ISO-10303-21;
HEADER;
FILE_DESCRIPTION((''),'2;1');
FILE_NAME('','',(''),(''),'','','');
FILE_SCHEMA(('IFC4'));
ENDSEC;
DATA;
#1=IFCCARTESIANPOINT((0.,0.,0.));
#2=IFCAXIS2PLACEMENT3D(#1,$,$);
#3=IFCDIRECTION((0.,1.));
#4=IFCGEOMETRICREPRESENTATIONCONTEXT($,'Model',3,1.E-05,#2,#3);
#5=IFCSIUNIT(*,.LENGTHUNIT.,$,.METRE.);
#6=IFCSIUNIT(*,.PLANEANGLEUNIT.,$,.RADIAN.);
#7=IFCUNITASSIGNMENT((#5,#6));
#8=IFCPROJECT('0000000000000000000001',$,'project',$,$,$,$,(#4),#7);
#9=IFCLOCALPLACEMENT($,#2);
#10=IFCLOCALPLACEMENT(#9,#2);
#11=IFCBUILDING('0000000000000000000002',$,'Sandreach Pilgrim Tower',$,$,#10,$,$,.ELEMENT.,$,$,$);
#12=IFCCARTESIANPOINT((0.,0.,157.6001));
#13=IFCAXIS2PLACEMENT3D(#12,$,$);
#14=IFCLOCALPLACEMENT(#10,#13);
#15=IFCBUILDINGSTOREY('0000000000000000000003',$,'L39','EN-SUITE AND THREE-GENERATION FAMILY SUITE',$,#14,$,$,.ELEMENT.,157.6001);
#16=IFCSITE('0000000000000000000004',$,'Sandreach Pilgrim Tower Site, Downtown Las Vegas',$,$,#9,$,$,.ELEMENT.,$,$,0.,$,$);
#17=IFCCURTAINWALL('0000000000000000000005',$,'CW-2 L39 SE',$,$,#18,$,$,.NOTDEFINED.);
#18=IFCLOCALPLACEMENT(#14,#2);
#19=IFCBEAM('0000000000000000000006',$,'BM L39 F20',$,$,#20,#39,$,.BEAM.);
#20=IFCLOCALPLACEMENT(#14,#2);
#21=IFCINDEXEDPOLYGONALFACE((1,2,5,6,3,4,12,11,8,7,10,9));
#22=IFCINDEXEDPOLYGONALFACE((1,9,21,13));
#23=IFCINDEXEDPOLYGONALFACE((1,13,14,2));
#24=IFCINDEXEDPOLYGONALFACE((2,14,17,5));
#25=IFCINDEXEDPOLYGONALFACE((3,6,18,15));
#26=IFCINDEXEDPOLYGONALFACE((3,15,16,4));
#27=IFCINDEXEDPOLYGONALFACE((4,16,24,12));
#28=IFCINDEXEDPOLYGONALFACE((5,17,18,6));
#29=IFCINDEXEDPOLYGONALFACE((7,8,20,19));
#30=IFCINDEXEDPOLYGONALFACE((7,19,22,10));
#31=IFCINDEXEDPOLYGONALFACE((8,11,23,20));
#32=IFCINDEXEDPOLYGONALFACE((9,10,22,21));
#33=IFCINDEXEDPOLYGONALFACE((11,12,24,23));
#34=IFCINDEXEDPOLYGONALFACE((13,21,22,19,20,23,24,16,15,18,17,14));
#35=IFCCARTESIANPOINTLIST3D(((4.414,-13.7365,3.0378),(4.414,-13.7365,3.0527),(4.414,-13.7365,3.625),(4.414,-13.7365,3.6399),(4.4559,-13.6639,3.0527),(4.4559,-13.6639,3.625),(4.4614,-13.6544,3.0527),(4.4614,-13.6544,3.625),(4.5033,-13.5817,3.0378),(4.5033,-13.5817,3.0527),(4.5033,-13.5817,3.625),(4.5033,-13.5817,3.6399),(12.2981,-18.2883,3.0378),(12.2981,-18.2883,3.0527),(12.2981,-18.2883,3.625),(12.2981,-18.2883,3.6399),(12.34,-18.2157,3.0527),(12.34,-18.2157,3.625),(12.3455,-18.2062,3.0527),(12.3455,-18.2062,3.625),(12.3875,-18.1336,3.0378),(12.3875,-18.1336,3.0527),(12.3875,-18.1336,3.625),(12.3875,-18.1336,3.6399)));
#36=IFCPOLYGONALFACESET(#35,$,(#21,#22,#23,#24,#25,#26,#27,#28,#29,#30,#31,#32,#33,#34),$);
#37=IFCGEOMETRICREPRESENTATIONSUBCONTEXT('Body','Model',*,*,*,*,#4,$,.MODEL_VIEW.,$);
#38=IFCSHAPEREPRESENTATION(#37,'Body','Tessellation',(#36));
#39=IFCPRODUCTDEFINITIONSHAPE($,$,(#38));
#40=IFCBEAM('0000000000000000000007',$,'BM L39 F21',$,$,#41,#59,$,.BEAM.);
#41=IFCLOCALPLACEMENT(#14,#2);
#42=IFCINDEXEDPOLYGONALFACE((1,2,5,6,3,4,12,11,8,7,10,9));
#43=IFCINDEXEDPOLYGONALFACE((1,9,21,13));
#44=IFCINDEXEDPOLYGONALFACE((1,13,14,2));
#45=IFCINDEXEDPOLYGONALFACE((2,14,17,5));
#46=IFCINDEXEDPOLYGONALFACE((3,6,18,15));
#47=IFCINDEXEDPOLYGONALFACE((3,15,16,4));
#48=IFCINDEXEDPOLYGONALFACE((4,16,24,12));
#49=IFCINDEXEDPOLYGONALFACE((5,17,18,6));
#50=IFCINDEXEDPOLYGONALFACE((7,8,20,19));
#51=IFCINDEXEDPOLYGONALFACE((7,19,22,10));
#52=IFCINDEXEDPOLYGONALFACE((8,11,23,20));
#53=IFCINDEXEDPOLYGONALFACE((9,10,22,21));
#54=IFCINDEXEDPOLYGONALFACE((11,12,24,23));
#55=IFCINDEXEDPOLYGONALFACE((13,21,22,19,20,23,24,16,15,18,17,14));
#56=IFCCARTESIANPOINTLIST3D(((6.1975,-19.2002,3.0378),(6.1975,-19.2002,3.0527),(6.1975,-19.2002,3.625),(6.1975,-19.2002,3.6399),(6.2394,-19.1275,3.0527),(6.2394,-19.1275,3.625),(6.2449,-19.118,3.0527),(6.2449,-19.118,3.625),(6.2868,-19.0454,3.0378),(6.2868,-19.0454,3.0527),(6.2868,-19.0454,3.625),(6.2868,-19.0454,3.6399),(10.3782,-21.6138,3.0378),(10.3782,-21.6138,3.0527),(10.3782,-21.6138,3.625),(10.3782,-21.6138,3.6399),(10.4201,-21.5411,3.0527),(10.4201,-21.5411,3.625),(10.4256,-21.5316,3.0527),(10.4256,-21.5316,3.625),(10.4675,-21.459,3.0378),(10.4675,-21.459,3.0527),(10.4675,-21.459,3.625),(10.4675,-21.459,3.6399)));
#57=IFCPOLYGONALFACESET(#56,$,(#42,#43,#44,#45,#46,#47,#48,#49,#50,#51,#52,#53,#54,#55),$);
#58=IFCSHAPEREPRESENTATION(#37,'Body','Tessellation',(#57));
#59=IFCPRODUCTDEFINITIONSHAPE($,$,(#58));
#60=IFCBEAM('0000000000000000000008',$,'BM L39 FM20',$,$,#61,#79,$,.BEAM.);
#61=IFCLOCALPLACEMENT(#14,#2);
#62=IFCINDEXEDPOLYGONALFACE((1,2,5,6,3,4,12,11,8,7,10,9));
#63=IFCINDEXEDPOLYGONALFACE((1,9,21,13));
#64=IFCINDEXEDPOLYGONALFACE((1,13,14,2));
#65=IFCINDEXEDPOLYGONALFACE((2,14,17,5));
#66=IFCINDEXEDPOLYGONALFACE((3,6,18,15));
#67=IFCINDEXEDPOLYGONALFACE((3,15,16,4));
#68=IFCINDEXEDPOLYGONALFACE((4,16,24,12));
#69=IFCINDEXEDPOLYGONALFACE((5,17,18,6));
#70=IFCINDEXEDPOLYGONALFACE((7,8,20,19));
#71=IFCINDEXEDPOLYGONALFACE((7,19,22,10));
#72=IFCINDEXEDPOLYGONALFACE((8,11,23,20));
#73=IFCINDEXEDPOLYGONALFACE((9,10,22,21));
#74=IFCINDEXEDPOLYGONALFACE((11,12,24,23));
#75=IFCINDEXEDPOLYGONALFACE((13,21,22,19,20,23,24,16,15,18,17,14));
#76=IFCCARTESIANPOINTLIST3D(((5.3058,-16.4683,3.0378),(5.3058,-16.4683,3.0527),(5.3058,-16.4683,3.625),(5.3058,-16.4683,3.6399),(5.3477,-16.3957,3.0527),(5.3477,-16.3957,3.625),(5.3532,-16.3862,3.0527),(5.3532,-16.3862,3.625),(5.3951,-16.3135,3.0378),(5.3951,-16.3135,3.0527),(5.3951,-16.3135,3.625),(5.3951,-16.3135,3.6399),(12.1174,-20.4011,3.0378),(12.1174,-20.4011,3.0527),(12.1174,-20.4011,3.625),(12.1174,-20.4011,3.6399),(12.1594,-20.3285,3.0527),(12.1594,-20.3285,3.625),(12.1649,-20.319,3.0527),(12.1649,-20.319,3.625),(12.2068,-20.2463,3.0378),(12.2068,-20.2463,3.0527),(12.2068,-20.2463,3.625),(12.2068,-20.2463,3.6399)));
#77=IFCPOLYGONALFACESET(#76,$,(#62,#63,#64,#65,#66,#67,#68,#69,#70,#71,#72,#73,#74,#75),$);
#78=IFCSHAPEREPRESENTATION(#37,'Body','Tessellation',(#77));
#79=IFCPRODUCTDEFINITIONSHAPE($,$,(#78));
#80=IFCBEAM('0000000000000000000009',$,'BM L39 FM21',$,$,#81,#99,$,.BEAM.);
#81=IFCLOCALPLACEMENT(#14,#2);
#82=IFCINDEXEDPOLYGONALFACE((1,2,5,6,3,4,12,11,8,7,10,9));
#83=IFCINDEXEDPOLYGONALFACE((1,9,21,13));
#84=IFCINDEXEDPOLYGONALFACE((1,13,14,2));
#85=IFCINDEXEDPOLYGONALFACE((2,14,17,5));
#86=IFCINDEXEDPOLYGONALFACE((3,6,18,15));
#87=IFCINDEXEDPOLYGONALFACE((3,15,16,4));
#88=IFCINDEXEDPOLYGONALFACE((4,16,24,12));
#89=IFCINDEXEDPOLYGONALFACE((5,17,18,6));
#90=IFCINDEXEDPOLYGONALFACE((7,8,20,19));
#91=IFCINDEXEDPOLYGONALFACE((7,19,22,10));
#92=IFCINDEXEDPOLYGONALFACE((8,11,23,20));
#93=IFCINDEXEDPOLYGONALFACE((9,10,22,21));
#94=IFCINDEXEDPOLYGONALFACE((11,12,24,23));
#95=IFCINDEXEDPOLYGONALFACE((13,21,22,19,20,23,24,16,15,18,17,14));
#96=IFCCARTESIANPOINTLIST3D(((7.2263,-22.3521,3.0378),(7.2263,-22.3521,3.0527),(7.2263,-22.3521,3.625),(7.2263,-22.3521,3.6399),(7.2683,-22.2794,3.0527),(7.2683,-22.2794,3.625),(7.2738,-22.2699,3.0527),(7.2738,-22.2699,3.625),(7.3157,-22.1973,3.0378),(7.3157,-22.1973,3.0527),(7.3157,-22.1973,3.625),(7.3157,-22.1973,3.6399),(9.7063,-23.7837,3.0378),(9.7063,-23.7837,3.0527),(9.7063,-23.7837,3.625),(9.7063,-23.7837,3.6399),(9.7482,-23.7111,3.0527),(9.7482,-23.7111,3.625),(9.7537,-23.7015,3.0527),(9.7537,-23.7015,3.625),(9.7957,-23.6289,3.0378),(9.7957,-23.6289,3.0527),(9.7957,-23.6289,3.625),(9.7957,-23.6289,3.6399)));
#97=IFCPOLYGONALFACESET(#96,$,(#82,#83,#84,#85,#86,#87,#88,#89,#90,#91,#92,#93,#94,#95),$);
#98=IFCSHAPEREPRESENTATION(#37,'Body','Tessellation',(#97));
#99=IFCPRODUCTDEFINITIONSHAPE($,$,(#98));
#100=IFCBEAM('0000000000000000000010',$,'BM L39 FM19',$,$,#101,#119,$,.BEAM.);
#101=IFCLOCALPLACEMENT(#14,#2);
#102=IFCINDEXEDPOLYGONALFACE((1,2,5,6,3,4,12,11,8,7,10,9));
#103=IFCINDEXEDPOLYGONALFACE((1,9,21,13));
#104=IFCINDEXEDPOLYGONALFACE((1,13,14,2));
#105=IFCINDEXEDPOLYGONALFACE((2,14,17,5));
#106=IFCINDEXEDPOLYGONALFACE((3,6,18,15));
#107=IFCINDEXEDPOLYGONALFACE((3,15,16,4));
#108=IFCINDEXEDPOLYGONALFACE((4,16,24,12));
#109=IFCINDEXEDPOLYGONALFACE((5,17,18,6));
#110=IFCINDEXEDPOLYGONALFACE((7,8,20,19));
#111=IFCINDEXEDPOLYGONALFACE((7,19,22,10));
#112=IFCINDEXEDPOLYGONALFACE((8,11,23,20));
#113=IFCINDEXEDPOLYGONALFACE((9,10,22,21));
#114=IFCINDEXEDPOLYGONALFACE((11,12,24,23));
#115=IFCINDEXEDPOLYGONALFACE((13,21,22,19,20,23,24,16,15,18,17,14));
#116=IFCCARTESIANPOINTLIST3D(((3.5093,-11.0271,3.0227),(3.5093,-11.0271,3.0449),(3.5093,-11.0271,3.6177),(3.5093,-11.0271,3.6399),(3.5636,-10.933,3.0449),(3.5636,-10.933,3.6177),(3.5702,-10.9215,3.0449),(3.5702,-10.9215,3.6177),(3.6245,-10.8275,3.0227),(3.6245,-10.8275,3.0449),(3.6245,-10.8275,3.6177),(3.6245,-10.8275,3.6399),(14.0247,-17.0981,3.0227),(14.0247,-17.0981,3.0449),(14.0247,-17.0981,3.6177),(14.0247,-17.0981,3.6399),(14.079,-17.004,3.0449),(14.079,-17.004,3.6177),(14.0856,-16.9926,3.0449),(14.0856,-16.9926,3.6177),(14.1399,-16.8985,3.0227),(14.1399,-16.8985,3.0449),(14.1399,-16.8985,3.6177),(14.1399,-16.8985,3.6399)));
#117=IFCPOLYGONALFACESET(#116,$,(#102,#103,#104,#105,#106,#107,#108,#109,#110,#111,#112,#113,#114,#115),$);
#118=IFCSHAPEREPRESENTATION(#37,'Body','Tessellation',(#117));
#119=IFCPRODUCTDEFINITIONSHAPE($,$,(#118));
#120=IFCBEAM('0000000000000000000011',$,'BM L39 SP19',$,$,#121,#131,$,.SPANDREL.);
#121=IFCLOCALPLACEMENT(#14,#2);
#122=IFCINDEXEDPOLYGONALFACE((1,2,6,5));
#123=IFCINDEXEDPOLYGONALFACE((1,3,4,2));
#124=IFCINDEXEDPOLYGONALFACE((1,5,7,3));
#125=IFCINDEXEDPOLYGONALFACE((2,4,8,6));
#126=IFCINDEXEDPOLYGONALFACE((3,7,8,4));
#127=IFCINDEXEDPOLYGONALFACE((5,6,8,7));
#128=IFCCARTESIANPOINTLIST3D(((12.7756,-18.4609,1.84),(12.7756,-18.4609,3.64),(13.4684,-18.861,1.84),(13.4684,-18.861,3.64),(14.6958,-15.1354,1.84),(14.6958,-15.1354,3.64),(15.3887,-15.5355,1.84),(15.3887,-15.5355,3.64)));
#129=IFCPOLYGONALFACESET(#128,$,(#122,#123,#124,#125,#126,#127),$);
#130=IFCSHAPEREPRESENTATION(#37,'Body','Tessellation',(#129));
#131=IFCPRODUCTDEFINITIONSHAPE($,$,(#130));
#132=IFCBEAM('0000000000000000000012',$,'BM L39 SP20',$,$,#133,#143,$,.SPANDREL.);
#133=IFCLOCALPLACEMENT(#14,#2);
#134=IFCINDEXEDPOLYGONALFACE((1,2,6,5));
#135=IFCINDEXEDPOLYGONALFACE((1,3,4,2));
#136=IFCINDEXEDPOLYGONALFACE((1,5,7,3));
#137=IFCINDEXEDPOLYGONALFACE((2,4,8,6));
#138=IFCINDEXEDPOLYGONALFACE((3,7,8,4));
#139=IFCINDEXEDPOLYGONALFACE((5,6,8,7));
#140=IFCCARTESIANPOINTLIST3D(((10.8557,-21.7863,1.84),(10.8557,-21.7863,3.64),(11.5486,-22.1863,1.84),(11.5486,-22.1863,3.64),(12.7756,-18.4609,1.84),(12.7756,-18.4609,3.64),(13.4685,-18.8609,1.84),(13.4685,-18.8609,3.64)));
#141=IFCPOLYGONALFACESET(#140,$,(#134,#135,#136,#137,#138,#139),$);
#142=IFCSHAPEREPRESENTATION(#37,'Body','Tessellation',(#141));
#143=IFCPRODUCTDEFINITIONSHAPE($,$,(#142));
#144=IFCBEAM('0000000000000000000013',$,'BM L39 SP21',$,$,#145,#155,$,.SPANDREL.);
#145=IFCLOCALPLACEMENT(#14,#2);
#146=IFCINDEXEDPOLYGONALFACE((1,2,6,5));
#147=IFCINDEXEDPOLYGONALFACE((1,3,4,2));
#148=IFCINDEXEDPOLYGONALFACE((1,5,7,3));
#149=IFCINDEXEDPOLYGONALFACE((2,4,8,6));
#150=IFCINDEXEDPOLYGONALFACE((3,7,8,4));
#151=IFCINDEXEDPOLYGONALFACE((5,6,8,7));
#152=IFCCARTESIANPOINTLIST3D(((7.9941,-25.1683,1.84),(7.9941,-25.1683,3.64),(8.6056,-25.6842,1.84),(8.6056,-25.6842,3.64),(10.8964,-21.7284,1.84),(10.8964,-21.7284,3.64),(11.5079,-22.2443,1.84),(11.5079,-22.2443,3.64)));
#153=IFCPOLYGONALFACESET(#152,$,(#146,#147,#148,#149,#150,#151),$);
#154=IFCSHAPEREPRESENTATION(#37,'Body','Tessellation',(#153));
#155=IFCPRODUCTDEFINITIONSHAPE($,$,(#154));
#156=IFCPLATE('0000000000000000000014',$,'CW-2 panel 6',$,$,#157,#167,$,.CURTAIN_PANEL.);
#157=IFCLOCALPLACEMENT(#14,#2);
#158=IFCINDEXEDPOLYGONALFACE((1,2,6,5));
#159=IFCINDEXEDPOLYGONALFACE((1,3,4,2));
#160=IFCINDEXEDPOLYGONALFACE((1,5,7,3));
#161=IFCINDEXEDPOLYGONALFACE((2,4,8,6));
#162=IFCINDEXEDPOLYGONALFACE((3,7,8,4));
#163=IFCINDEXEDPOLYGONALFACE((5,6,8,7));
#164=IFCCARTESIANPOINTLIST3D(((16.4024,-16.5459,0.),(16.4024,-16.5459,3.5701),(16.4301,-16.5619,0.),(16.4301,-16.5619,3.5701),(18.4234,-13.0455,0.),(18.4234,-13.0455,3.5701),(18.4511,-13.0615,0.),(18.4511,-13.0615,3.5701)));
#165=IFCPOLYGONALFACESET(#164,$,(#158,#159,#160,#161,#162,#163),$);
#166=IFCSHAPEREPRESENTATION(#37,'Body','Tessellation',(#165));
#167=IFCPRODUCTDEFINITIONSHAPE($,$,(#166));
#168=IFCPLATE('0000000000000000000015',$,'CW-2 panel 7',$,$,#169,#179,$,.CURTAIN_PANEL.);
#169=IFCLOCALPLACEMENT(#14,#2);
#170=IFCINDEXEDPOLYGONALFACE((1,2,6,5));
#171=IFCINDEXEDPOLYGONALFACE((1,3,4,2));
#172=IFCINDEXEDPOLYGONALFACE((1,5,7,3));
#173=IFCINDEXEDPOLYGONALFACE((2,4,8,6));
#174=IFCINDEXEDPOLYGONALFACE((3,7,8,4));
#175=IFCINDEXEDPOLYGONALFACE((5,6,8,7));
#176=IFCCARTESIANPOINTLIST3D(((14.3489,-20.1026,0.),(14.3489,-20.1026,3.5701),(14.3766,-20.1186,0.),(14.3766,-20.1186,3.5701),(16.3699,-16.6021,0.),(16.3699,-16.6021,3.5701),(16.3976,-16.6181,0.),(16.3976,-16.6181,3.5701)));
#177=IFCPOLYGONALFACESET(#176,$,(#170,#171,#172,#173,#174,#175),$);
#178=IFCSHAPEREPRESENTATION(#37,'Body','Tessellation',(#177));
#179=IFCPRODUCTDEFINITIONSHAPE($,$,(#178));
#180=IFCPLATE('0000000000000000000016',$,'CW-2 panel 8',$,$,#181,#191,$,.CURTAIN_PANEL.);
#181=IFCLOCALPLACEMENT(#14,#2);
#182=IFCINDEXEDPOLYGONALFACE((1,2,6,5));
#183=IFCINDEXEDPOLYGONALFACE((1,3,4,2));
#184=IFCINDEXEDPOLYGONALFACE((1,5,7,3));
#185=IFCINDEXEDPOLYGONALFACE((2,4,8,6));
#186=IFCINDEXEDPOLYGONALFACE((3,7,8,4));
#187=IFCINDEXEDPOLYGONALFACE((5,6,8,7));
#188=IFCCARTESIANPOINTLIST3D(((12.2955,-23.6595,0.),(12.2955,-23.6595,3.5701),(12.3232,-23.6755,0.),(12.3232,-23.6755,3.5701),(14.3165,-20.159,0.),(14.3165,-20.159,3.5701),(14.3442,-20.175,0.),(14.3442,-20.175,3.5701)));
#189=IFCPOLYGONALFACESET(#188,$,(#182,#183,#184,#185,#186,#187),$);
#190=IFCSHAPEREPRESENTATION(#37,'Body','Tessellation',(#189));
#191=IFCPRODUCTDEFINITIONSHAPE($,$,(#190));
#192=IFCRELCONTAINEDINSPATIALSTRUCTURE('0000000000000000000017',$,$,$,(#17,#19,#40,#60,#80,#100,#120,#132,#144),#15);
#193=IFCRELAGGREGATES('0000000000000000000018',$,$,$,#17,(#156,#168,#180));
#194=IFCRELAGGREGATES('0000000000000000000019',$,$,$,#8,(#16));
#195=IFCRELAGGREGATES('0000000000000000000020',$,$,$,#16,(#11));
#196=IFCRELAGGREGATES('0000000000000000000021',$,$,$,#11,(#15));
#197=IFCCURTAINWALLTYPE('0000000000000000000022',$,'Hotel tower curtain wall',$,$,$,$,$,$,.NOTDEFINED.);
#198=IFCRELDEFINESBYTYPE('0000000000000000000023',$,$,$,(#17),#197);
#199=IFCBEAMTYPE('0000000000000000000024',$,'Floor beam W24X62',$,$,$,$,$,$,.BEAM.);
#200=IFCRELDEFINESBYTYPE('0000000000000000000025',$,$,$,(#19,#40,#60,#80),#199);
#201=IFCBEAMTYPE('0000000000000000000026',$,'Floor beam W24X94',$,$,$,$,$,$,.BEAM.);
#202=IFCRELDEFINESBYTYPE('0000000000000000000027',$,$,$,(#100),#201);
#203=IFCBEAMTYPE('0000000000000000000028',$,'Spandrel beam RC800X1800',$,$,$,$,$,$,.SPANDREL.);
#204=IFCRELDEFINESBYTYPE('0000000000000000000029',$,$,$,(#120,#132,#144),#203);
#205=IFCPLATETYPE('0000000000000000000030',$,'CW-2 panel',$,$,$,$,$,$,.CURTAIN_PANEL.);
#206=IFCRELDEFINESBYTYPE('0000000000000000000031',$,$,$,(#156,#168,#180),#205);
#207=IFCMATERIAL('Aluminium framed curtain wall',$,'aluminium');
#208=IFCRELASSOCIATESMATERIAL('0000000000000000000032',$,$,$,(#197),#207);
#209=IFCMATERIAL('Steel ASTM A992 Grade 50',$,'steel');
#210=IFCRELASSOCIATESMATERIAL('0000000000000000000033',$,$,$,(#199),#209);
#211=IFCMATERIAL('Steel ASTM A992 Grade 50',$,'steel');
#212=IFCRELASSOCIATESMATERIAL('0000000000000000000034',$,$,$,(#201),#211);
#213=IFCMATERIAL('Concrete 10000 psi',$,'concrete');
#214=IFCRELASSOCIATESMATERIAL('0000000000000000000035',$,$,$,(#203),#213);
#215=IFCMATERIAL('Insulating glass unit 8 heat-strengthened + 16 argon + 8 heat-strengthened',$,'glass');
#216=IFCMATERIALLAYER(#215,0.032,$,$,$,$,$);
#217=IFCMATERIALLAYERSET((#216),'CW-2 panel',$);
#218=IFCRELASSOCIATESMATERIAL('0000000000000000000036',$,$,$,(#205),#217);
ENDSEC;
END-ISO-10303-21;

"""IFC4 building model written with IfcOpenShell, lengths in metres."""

from ifc_helpers import new_model, si_unit, direction, frame, origin, origin_2d, place, context, subcontext, project, spatial, rectangle, i_section, extrude, material, layer, layer_set, material_profile, profile_set, type_object, element, aggregate, save


model = new_model("IFC4")

# Units and contexts
model_context = context("Model", 3, precision=1e-05, world=origin(), true_north=direction((0.0, 1.0)))
body_context = subcontext(model_context, "Body", "Model", "MODEL_VIEW")
ifc_project = project(units=[si_unit("LENGTHUNIT", "METRE"), si_unit("PLANEANGLEUNIT", "RADIAN")], contexts=[model_context])

# Site, building, storey
site_placement = place(None, origin())
site = spatial("IfcSite", under=ifc_project, at=site_placement, Name="Sandreach Pilgrim Tower Site, Downtown Las Vegas", CompositionType="ELEMENT", RefElevation=0.0)
building_placement = place(site_placement, origin())
building = spatial("IfcBuilding", under=site, at=building_placement, Name="Sandreach Pilgrim Tower", CompositionType="ELEMENT")
storey_placement = place(building_placement, frame((0.0, 0.0, 157.6001)))
storey = spatial("IfcBuildingStorey", under=building, at=storey_placement, Name="L39", Description="EN-SUITE AND THREE-GENERATION FAMILY SUITE", CompositionType="ELEMENT", Elevation=157.6001)

# Curtain wall
ifc_material_1 = material(Name="Aluminium framed curtain wall", Category="aluminium")
curtain_wall_type = type_object("IfcCurtainWallType", Name="Hotel tower curtain wall", PredefinedType="NOTDEFINED", material=ifc_material_1)
curtain_wall_1_placement = place(storey_placement, origin())
curtain_wall_1 = element("IfcCurtainWall", 1, at=curtain_wall_1_placement, inside=storey, type_object=curtain_wall_type, Name="CW-2 L39 SE", PredefinedType="NOTDEFINED")

# Beams
ifc_material_2 = material(Name="Steel ASTM A992 Grade 50", Category="steel")
ifc_material_profile_1 = material_profile(ifc_material_2, i_section(OverallWidth=0.1787, OverallDepth=0.6021, WebThickness=0.011, FlangeThickness=0.0149, at=origin_2d()), Name="W24X62")
ifc_profile_set_1 = profile_set([ifc_material_profile_1], Name="Steel ASTM A992 Grade 50")
beam_type_1 = type_object("IfcBeamType", Name="Floor beam W24X62", PredefinedType="BEAM", material=ifc_profile_set_1)
beam_1_placement = place(storey_placement, frame((12.3428, -18.2109, 3.3389), z_axis=(-0.86603, 0.499993, 0.0), x_axis=(-0.499993, -0.86603, 0.0)))
element("IfcBeam", 2, at=beam_1_placement, inside=storey, type_object=beam_type_1, Name="BM L39 F20", PredefinedType="BEAM", context=body_context, shape_type="SweptSolid", body=[
    extrude(i_section(OverallWidth=0.1787, OverallDepth=0.6021, WebThickness=0.011, FlangeThickness=0.0149, at=origin_2d()), origin(), (0.0, 0.0, 1.0), 9.1038),
])
beam_2_placement = place(storey_placement, frame((10.4229, -21.5364, 3.3389), z_axis=(-0.866037, 0.499979, 0.0), x_axis=(-0.499979, -0.866037, 0.0)))
element("IfcBeam", 3, at=beam_2_placement, inside=storey, type_object=beam_type_1, Name="BM L39 F21", PredefinedType="BEAM", context=body_context, shape_type="SweptSolid", body=[
    extrude(i_section(OverallWidth=0.1787, OverallDepth=0.6021, WebThickness=0.011, FlangeThickness=0.0149, at=origin_2d()), origin(), (0.0, 0.0, 1.0), 4.8274),
])
beam_3_placement = place(storey_placement, frame((12.1621, -20.3237, 3.3389), z_axis=(-0.866021, 0.500008, 0.0), x_axis=(-0.500008, -0.866021, 0.0)))
element("IfcBeam", 4, at=beam_3_placement, inside=storey, type_object=beam_type_1, Name="BM L39 FM20", PredefinedType="BEAM", context=body_context, shape_type="SweptSolid", body=[
    extrude(i_section(OverallWidth=0.1787, OverallDepth=0.6021, WebThickness=0.011, FlangeThickness=0.0149, at=origin_2d()), origin(), (0.0, 0.0, 1.0), 7.8655),
])
beam_4_placement = place(storey_placement, frame((9.751, -23.7063, 3.3389), z_axis=(-0.866052, 0.499954, 0.0), x_axis=(-0.499954, -0.866052, 0.0)))
element("IfcBeam", 5, at=beam_4_placement, inside=storey, type_object=beam_type_1, Name="BM L39 FM21", PredefinedType="BEAM", context=body_context, shape_type="SweptSolid", body=[
    extrude(i_section(OverallWidth=0.1787, OverallDepth=0.6021, WebThickness=0.011, FlangeThickness=0.0149, at=origin_2d()), origin(), (0.0, 0.0, 1.0), 2.8635),
])
ifc_material_3 = material(Name="Steel ASTM A992 Grade 50", Category="steel")
ifc_material_profile_2 = material_profile(ifc_material_3, i_section(OverallWidth=0.2305, OverallDepth=0.6172, WebThickness=0.0132, FlangeThickness=0.0222, at=origin_2d()), Name="W24X94")
ifc_profile_set_2 = profile_set([ifc_material_profile_2], Name="Steel ASTM A992 Grade 50")
beam_type_2 = type_object("IfcBeamType", Name="Floor beam W24X94", PredefinedType="BEAM", material=ifc_profile_set_2)
beam_5_placement = place(storey_placement, frame((14.0823, -16.9983, 3.3313), z_axis=(-0.866026, 0.499999, 0.0), x_axis=(-0.499999, -0.866026, 0.0)))
element("IfcBeam", 6, at=beam_5_placement, inside=storey, type_object=beam_type_2, Name="BM L39 FM19", PredefinedType="BEAM", context=body_context, shape_type="SweptSolid", body=[
    extrude(i_section(OverallWidth=0.2305, OverallDepth=0.6172, WebThickness=0.0132, FlangeThickness=0.0222, at=origin_2d()), origin(), (0.0, 0.0, 1.0), 12.1421),
])
ifc_material_4 = material(Name="Concrete 10000 psi", Category="concrete")
ifc_material_profile_3 = material_profile(ifc_material_4, rectangle(XDim=0.8, YDim=1.8, at=origin_2d()), Name="RC800X1800")
ifc_profile_set_3 = profile_set([ifc_material_profile_3], Name="Concrete 10000 psi")
beam_type_3 = type_object("IfcBeamType", Name="Spandrel beam RC800X1800", PredefinedType="SPANDREL", material=ifc_profile_set_3)
beam_6_placement = place(storey_placement, frame((15.0422, -15.3354, 2.74), z_axis=(-0.500043, -0.866, 0.0), x_axis=(0.866, -0.500043, 0.0)))
element("IfcBeam", 7, at=beam_6_placement, inside=storey, type_object=beam_type_3, Name="BM L39 SP19", PredefinedType="SPANDREL", context=body_context, shape_type="SweptSolid", body=[
    extrude(rectangle(XDim=0.8, YDim=1.8, at=origin_2d()), origin(), (0.0, 0.0, 1.0), 3.8401),
])
beam_7_placement = place(storey_placement, frame((13.1221, -18.6609, 2.74), z_axis=(-0.499996, -0.866028, 0.0), x_axis=(0.866028, -0.499996, 0.0)))
element("IfcBeam", 8, at=beam_7_placement, inside=storey, type_object=beam_type_3, Name="BM L39 SP20", PredefinedType="SPANDREL", context=body_context, shape_type="SweptSolid", body=[
    extrude(rectangle(XDim=0.8, YDim=1.8, at=origin_2d()), origin(), (0.0, 0.0, 1.0), 3.8398),
])
beam_8_placement = place(storey_placement, frame((11.2021, -21.9863, 2.74), z_axis=(-0.644857, -0.764303, 0.0), x_axis=(0.764303, -0.644857, 0.0)))
element("IfcBeam", 9, at=beam_8_placement, inside=storey, type_object=beam_type_3, Name="BM L39 SP21", PredefinedType="SPANDREL", context=body_context, shape_type="SweptSolid", body=[
    extrude(rectangle(XDim=0.8, YDim=1.8, at=origin_2d()), origin(), (0.0, 0.0, 1.0), 4.5007),
])

# Plates
ifc_material_5 = material(Name="Insulating glass unit 8 heat-strengthened + 16 argon + 8 heat-strengthened", Category="glass")
ifc_layer_1 = layer(ifc_material_5, 0.032)
ifc_layer_set_1 = layer_set([ifc_layer_1], Name="CW-2 panel")
plate_type = type_object("IfcPlateType", Name="CW-2 panel", PredefinedType="CURTAIN_PANEL", material=ifc_layer_set_1)
plate_1_placement = place(storey_placement, frame((17.4268, -14.8037, 0.0), z_axis=(0.0, 0.0, 1.0), x_axis=(-0.5, -0.866025, 0.0)))
plate_1 = element("IfcPlate", 10, at=plate_1_placement, type_object=plate_type, Name="CW-2 panel 6", PredefinedType="CURTAIN_PANEL", context=body_context, shape_type="SweptSolid", body=[
    extrude(rectangle(XDim=4.042, YDim=0.032, at=origin_2d()), origin(), (0.0, 0.0, 1.0), 3.5701),
])
plate_2_placement = place(storey_placement, frame((15.3733, -18.3604, 0.0), z_axis=(0.0, 0.0, 1.0), x_axis=(-0.5, -0.866025, 0.0)))
plate_2 = element("IfcPlate", 11, at=plate_2_placement, type_object=plate_type, Name="CW-2 panel 7", PredefinedType="CURTAIN_PANEL", context=body_context, shape_type="SweptSolid", body=[
    extrude(rectangle(XDim=4.042, YDim=0.032, at=origin_2d()), origin(), (0.0, 0.0, 1.0), 3.5701),
])
plate_3_placement = place(storey_placement, frame((13.3198, -21.9172, 0.0), z_axis=(0.0, 0.0, 1.0), x_axis=(-0.5, -0.866025, 0.0)))
plate_3 = element("IfcPlate", 12, at=plate_3_placement, type_object=plate_type, Name="CW-2 panel 8", PredefinedType="CURTAIN_PANEL", context=body_context, shape_type="SweptSolid", body=[
    extrude(rectangle(XDim=4.042, YDim=0.032, at=origin_2d()), origin(), (0.0, 0.0, 1.0), 3.5701),
])
aggregate(curtain_wall_1, [plate_1, plate_2, plate_3])

save(model, "model.ifc")
